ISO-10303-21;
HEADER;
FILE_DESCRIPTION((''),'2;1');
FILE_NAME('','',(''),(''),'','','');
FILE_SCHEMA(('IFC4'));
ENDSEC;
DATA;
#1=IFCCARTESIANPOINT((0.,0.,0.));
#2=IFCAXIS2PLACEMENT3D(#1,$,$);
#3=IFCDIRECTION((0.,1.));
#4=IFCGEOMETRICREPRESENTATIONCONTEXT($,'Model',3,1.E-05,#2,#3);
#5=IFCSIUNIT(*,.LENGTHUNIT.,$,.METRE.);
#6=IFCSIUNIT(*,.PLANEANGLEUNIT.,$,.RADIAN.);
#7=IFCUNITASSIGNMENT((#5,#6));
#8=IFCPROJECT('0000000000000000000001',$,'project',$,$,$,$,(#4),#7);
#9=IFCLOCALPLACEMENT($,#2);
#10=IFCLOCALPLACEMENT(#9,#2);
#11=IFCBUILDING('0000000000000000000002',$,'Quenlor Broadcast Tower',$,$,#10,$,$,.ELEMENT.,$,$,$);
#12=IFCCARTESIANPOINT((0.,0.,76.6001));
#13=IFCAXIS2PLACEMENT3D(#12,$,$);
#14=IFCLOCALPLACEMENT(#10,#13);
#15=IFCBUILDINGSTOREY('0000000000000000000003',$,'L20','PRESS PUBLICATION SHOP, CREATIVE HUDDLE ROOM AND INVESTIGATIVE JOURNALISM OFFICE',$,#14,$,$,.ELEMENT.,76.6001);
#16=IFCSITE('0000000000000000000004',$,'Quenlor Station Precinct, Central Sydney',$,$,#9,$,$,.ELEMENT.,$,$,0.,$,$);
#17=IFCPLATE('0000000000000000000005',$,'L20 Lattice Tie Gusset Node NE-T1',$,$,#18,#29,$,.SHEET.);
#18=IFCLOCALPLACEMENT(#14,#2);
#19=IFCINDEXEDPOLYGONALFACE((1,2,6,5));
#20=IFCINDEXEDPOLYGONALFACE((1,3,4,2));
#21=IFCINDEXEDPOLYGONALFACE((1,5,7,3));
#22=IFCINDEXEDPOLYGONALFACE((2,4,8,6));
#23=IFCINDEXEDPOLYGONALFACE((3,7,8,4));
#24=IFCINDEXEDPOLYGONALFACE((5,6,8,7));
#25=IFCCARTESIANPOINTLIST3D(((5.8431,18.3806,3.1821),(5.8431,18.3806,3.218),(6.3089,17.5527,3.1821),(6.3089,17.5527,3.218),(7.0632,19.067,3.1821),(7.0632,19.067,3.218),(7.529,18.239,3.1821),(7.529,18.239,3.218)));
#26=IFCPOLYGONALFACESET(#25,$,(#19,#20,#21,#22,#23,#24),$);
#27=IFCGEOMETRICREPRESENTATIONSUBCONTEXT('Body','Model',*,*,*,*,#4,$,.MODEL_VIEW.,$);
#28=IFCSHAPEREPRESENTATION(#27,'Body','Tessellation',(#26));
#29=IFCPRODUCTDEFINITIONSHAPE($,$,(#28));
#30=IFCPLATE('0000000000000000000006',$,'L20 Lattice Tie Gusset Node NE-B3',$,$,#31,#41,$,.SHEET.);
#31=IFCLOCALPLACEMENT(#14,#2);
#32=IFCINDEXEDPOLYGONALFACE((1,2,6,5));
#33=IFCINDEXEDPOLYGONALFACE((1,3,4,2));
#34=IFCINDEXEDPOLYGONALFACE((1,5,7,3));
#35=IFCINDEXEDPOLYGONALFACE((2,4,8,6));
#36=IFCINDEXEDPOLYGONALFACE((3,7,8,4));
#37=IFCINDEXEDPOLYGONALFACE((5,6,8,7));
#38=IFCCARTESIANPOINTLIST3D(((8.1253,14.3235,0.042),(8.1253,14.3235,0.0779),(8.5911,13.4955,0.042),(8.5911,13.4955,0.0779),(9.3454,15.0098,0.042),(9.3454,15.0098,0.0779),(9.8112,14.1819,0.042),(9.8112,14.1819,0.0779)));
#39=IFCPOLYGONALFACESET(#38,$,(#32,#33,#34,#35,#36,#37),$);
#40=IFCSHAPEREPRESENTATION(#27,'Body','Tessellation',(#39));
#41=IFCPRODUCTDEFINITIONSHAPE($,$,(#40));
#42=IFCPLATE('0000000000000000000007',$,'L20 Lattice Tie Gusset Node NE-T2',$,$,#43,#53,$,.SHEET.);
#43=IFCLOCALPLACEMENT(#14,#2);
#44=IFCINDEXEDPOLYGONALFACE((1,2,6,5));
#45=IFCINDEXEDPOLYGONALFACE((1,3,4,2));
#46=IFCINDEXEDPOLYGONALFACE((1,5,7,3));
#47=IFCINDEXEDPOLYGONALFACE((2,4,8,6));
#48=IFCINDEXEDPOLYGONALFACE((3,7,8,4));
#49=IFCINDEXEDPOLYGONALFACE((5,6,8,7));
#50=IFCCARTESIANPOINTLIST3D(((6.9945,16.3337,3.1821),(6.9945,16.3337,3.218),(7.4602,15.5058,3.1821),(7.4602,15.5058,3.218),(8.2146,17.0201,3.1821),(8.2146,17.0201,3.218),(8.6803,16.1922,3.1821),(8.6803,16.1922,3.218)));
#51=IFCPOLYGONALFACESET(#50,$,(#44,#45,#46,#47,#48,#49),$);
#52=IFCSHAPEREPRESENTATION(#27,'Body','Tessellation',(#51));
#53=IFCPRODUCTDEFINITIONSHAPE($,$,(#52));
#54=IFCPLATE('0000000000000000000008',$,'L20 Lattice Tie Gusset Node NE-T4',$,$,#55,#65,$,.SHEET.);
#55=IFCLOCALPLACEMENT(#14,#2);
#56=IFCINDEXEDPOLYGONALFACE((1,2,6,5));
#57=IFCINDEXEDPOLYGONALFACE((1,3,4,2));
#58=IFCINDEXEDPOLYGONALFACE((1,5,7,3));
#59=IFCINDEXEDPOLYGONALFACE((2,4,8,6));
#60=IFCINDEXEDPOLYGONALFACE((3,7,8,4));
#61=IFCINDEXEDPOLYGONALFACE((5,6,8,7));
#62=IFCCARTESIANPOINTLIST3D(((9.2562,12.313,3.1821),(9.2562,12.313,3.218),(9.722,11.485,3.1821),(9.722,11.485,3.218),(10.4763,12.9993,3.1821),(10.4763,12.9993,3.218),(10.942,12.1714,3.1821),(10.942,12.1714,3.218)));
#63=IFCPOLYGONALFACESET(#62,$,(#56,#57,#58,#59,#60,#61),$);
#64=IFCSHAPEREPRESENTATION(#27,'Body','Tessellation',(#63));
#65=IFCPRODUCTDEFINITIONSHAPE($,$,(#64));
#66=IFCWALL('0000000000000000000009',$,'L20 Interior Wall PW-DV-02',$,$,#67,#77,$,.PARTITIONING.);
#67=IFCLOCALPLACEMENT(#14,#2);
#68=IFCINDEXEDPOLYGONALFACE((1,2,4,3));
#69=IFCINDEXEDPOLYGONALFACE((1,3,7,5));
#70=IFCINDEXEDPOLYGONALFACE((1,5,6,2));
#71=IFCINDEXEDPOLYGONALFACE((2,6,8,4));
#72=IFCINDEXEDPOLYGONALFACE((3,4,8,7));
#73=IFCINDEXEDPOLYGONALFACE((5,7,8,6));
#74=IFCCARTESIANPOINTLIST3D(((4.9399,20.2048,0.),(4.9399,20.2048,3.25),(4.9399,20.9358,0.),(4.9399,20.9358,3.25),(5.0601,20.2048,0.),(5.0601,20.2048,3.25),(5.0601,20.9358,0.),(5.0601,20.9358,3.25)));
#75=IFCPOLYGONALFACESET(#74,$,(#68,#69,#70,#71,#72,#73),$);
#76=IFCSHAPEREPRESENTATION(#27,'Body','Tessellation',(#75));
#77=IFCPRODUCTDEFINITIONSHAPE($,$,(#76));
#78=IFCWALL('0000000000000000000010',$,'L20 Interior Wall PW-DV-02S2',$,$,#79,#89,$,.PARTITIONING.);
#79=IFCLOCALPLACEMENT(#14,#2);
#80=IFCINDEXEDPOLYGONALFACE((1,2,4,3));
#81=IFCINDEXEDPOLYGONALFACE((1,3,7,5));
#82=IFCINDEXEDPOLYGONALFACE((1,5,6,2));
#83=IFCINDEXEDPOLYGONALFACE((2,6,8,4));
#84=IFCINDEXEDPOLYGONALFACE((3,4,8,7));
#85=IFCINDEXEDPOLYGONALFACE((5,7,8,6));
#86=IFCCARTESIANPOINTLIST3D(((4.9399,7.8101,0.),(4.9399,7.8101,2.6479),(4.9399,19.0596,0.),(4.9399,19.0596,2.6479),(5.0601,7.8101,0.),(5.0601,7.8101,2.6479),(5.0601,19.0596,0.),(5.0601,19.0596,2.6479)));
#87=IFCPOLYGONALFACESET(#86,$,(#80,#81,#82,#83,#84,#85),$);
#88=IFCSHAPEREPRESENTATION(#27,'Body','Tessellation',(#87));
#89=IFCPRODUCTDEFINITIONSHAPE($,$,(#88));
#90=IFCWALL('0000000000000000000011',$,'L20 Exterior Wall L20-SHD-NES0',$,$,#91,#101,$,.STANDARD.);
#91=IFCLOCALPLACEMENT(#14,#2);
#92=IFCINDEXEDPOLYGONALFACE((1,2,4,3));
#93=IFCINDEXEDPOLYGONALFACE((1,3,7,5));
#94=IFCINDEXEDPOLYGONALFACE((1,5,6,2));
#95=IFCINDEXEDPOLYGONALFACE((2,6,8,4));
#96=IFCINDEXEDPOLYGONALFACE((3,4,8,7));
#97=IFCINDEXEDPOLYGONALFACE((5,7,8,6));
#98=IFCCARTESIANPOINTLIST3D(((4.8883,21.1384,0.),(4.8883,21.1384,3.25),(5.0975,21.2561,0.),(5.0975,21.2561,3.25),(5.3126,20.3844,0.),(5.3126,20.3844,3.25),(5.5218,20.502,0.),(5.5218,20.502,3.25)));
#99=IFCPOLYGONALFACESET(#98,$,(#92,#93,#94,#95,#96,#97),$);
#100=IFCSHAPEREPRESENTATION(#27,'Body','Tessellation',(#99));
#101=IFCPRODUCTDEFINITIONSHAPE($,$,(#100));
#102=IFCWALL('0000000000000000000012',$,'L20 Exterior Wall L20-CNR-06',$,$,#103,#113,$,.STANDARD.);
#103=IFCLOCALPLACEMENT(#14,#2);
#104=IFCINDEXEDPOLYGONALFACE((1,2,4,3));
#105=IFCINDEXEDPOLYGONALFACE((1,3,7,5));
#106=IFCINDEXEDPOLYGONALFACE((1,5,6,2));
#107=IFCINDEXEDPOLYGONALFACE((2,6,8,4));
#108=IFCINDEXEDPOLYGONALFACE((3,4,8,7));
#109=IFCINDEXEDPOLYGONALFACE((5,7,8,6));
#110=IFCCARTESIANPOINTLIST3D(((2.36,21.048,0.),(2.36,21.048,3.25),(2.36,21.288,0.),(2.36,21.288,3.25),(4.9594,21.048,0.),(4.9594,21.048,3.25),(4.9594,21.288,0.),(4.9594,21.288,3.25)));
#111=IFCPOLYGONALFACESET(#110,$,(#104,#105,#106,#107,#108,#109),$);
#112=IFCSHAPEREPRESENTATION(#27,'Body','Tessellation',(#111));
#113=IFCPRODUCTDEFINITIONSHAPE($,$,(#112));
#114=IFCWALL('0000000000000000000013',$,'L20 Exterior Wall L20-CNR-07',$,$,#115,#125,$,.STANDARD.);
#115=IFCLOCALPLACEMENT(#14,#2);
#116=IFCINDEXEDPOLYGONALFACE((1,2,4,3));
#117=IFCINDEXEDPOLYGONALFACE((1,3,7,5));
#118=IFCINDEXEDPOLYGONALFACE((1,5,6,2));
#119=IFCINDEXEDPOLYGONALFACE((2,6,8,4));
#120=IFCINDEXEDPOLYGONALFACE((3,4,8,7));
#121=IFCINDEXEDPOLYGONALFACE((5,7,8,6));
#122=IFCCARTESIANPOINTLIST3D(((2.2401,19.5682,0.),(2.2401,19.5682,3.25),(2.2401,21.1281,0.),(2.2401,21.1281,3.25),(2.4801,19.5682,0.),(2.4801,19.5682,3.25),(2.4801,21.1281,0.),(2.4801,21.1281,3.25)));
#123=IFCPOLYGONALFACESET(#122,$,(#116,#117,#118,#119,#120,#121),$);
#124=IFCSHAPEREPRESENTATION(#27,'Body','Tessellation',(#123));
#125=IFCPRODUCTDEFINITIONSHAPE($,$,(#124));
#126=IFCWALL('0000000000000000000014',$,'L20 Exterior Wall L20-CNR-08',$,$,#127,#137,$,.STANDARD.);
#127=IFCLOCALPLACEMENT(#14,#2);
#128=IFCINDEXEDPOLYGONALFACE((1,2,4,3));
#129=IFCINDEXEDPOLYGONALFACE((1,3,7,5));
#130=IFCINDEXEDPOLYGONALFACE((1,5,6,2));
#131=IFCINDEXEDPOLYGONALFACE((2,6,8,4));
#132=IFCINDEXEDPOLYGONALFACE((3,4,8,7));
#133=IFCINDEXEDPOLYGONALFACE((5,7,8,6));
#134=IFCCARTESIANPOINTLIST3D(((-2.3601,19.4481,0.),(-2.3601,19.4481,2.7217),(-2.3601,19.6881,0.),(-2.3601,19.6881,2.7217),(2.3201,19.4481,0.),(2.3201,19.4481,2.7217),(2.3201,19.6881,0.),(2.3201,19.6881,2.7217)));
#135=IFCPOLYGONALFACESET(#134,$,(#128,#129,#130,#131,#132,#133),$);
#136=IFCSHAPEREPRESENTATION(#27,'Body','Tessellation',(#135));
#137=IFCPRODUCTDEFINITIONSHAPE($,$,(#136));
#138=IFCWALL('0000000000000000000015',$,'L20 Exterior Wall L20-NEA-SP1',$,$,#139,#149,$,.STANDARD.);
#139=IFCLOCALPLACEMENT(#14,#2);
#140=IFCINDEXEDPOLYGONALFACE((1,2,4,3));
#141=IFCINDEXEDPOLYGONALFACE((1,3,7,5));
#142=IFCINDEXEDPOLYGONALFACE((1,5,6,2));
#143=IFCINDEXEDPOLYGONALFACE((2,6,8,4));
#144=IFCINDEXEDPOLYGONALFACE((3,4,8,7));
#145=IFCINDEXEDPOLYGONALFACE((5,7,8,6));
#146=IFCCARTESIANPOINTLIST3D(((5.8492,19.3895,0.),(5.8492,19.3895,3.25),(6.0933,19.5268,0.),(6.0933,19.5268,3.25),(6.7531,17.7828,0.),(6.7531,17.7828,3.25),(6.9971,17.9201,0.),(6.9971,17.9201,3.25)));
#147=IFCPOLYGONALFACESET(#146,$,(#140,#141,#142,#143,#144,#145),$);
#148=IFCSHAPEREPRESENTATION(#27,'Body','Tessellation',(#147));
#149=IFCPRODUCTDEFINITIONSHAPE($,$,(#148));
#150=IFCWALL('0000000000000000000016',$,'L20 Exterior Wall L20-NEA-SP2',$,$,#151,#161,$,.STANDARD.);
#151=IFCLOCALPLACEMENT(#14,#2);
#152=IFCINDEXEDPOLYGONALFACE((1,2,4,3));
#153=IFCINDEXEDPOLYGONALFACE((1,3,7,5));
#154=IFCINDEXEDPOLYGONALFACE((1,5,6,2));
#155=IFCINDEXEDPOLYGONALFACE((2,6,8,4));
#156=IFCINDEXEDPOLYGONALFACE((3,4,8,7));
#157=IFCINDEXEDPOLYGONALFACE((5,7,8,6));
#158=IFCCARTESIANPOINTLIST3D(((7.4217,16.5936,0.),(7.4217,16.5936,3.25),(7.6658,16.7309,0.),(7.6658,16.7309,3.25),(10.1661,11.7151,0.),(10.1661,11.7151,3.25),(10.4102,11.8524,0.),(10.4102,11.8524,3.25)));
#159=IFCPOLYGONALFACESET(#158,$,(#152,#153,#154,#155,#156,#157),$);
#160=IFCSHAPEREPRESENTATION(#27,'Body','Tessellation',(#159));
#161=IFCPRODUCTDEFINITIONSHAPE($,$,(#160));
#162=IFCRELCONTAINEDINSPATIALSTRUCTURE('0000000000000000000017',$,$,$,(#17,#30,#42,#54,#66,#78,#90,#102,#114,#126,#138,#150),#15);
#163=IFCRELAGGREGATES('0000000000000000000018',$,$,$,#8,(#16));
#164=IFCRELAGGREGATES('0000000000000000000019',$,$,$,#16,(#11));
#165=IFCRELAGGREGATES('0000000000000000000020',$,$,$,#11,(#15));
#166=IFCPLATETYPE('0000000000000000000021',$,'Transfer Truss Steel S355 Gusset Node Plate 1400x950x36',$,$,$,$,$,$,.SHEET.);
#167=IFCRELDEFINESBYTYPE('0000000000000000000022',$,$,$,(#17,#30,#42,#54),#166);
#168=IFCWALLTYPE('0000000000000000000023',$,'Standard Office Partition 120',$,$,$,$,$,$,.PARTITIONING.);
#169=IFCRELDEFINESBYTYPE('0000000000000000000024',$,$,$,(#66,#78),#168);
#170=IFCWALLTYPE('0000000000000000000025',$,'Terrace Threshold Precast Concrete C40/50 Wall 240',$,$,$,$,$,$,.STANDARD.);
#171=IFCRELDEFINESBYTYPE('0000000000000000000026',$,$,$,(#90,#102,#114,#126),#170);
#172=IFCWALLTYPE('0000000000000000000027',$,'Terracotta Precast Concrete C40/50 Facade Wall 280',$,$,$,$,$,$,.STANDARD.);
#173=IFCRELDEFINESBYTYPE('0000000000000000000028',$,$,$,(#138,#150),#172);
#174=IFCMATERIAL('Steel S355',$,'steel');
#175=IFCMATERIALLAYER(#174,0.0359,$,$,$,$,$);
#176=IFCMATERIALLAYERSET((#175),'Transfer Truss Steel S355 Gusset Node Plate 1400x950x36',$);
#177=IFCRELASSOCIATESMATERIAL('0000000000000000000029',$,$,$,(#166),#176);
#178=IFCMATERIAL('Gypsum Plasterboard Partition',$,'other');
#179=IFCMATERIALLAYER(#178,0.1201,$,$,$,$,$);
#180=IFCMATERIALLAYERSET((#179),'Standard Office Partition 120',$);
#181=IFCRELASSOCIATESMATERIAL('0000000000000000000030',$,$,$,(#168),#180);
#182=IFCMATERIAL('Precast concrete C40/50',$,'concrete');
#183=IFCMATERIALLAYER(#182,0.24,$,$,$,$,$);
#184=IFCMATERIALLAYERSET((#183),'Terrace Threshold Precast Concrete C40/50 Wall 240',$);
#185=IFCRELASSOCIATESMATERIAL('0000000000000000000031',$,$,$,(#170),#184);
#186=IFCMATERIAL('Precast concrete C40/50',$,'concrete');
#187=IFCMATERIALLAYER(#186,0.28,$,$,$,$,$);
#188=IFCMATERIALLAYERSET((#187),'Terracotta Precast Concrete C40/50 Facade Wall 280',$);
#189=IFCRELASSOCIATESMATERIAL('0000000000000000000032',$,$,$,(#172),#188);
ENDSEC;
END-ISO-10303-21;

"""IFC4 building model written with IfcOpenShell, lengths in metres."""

from ifc_helpers import new_model, si_unit, direction, frame, frame_2d, origin, origin_2d, place, context, subcontext, project, spatial, rectangle, extrude, material, layer, layer_set, type_object, element, save


model = new_model("IFC4")

# Units and contexts
model_context = context("Model", 3, precision=1e-05, world=origin(), true_north=direction((0.0, 1.0)))
body_context = subcontext(model_context, "Body", "Model", "MODEL_VIEW")
ifc_project = project(units=[si_unit("LENGTHUNIT", "METRE"), si_unit("PLANEANGLEUNIT", "RADIAN")], contexts=[model_context])

# Site, building, storey
site_placement = place(None, origin())
site = spatial("IfcSite", under=ifc_project, at=site_placement, Name="Quenlor Station Precinct, Central Sydney", CompositionType="ELEMENT", RefElevation=0.0)
building_placement = place(site_placement, origin())
building = spatial("IfcBuilding", under=site, at=building_placement, Name="Quenlor Broadcast Tower", CompositionType="ELEMENT")
storey_placement = place(building_placement, frame((0.0, 0.0, 76.6001)))
storey = spatial("IfcBuildingStorey", under=building, at=storey_placement, Name="L20", Description="PRESS PUBLICATION SHOP, CREATIVE HUDDLE ROOM AND INVESTIGATIVE JOURNALISM OFFICE", CompositionType="ELEMENT", Elevation=76.6001)

# Plates
ifc_material_1 = material(Name="Steel S355", Category="steel")
ifc_layer_1 = layer(ifc_material_1, 0.0359)
ifc_layer_set_1 = layer_set([ifc_layer_1], Name="Transfer Truss Steel S355 Gusset Node Plate 1400x950x36")
plate_type_1 = type_object("IfcPlateType", Name="Transfer Truss Steel S355 Gusset Node Plate 1400x950x36", PredefinedType="SHEET", material=ifc_layer_set_1)
for number, where, z_axis, x_axis, name in (
    (1, (6.686, 18.3098, 3.1821), (0.0, 0.0, 1.0), (0.871556, 0.490295, 0.0), "L20 Lattice Tie Gusset Node NE-T1"),
    (2, (8.9683, 14.2527, 0.042), (0.0, 0.0, 1.0), (0.871556, 0.490295, 0.0), "L20 Lattice Tie Gusset Node NE-B3"),
    (3, (7.8374, 16.2629, 3.1821), (0.0, 0.0, 1.0), (0.871556, 0.490295, 0.0), "L20 Lattice Tie Gusset Node NE-T2"),
    (4, (10.0991, 12.2422, 3.1821), (0.0, 0.0, 1.0), (0.871556, 0.490295, 0.0), "L20 Lattice Tie Gusset Node NE-T4"),
):
    element("IfcPlate", number, at=place(storey_placement, frame(where, z_axis=z_axis, x_axis=x_axis)), inside=storey, type_object=plate_type_1, Name=name, PredefinedType="SHEET", context=body_context, shape_type="SweptSolid", body=[
        extrude(rectangle(XDim=1.3999, YDim=0.95, at=origin_2d()), origin(), (0.0, 0.0, 1.0), 0.0359),
    ])

# Walls
ifc_material_2 = material(Name="Gypsum Plasterboard Partition", Category="other")
ifc_layer_2 = layer(ifc_material_2, 0.1201)
ifc_layer_set_2 = layer_set([ifc_layer_2], Name="Standard Office Partition 120")
wall_type_1 = type_object("IfcWallType", Name="Standard Office Partition 120", PredefinedType="PARTITIONING", material=ifc_layer_set_2)
wall_1_placement = place(storey_placement, frame((5.0, 20.9358, 0.0), z_axis=(0.0, 0.0, 1.0), x_axis=(0.0, -1.0, 0.0)))
element("IfcWall", 5, at=wall_1_placement, inside=storey, type_object=wall_type_1, Name="L20 Interior Wall PW-DV-02", PredefinedType="PARTITIONING", context=body_context, shape_type="SweptSolid", body=[
    extrude(rectangle(XDim=0.731, YDim=0.1201, at=frame_2d((0.3655, 0.0))), origin(), (0.0, 0.0, 1.0), 3.25),
])
wall_2_placement = place(storey_placement, frame((5.0, 19.0596, 0.0), z_axis=(0.0, 0.0, 1.0), x_axis=(0.0, -1.0, 0.0)))
element("IfcWall", 6, at=wall_2_placement, inside=storey, type_object=wall_type_1, Name="L20 Interior Wall PW-DV-02S2", PredefinedType="PARTITIONING", context=body_context, shape_type="SweptSolid", body=[
    extrude(rectangle(XDim=11.2495, YDim=0.1201, at=frame_2d((5.6248, 0.0))), origin(), (0.0, 0.0, 1.0), 2.6479),
])
ifc_material_3 = material(Name="Precast concrete C40/50", Category="concrete")
ifc_layer_3 = layer(ifc_material_3, 0.24)
ifc_layer_set_3 = layer_set([ifc_layer_3], Name="Terrace Threshold Precast Concrete C40/50 Wall 240")
wall_type_2 = type_object("IfcWallType", Name="Terrace Threshold Precast Concrete C40/50 Wall 240", PredefinedType="STANDARD", material=ifc_layer_set_3)
wall_3_placement = place(storey_placement, frame((4.9929, 21.1973, 0.0), z_axis=(0.0, 0.0, 1.0), x_axis=(0.490355, -0.871523, 0.0)))
element("IfcWall", 7, at=wall_3_placement, inside=storey, type_object=wall_type_2, Name="L20 Exterior Wall L20-SHD-NES0", PredefinedType="STANDARD", context=body_context, shape_type="SweptSolid", body=[
    extrude(rectangle(XDim=0.8652, YDim=0.24, at=frame_2d((0.4326, 0.0))), origin(), (0.0, 0.0, 1.0), 3.25),
])
wall_4_placement = place(storey_placement, frame((4.9595, 21.168, 0.0), z_axis=(0.0, 0.0, 1.0), x_axis=(-1.0, 0.0, 0.0)))
element("IfcWall", 8, at=wall_4_placement, inside=storey, type_object=wall_type_2, Name="L20 Exterior Wall L20-CNR-06", PredefinedType="STANDARD", context=body_context, shape_type="SweptSolid", body=[
    extrude(rectangle(XDim=2.5994, YDim=0.24, at=frame_2d((1.2998, 0.0))), origin(), (0.0, 0.0, 1.0), 3.25),
])
wall_5_placement = place(storey_placement, frame((2.3601, 21.1279, 0.0), z_axis=(0.0, 0.0, 1.0), x_axis=(0.0, -1.0, 0.0)))
element("IfcWall", 9, at=wall_5_placement, inside=storey, type_object=wall_type_2, Name="L20 Exterior Wall L20-CNR-07", PredefinedType="STANDARD", context=body_context, shape_type="SweptSolid", body=[
    extrude(rectangle(XDim=1.5598, YDim=0.24, at=frame_2d((0.7798, 0.0))), origin(), (0.0, 0.0, 1.0), 3.25),
])
wall_6_placement = place(storey_placement, frame((2.3201, 19.5681, 0.0), z_axis=(0.0, 0.0, 1.0), x_axis=(-1.0, 0.0, 0.0)))
element("IfcWall", 10, at=wall_6_placement, inside=storey, type_object=wall_type_2, Name="L20 Exterior Wall L20-CNR-08", PredefinedType="STANDARD", context=body_context, shape_type="SweptSolid", body=[
    extrude(rectangle(XDim=4.6802, YDim=0.24, at=frame_2d((2.3401, 0.0))), origin(), (0.0, 0.0, 1.0), 2.7217),
])
ifc_material_4 = material(Name="Precast concrete C40/50", Category="concrete")
ifc_layer_4 = layer(ifc_material_4, 0.28)
ifc_layer_set_4 = layer_set([ifc_layer_4], Name="Terracotta Precast Concrete C40/50 Facade Wall 280")
wall_type_3 = type_object("IfcWallType", Name="Terracotta Precast Concrete C40/50 Facade Wall 280", PredefinedType="STANDARD", material=ifc_layer_set_4)
wall_7_placement = place(storey_placement, frame((5.9712, 19.4583, 0.0), z_axis=(0.0, 0.0, 1.0), x_axis=(0.49028, -0.871565, 0.0)))
element("IfcWall", 11, at=wall_7_placement, inside=storey, type_object=wall_type_3, Name="L20 Exterior Wall L20-NEA-SP1", PredefinedType="STANDARD", context=body_context, shape_type="SweptSolid", body=[
    extrude(rectangle(XDim=1.8435, YDim=0.28, at=frame_2d((0.9219, 0.0))), origin(), (0.0, 0.0, 1.0), 3.25),
])
wall_8_placement = place(storey_placement, frame((7.5437, 16.6624, 0.0), z_axis=(0.0, 0.0, 1.0), x_axis=(0.490299, -0.871555, 0.0)))
element("IfcWall", 12, at=wall_8_placement, inside=storey, type_object=wall_type_3, Name="L20 Exterior Wall L20-NEA-SP2", PredefinedType="STANDARD", context=body_context, shape_type="SweptSolid", body=[
    extrude(rectangle(XDim=5.5974, YDim=0.28, at=frame_2d((2.7988, 0.0))), origin(), (0.0, 0.0, 1.0), 3.25),
])

save(model, "model.ifc")
